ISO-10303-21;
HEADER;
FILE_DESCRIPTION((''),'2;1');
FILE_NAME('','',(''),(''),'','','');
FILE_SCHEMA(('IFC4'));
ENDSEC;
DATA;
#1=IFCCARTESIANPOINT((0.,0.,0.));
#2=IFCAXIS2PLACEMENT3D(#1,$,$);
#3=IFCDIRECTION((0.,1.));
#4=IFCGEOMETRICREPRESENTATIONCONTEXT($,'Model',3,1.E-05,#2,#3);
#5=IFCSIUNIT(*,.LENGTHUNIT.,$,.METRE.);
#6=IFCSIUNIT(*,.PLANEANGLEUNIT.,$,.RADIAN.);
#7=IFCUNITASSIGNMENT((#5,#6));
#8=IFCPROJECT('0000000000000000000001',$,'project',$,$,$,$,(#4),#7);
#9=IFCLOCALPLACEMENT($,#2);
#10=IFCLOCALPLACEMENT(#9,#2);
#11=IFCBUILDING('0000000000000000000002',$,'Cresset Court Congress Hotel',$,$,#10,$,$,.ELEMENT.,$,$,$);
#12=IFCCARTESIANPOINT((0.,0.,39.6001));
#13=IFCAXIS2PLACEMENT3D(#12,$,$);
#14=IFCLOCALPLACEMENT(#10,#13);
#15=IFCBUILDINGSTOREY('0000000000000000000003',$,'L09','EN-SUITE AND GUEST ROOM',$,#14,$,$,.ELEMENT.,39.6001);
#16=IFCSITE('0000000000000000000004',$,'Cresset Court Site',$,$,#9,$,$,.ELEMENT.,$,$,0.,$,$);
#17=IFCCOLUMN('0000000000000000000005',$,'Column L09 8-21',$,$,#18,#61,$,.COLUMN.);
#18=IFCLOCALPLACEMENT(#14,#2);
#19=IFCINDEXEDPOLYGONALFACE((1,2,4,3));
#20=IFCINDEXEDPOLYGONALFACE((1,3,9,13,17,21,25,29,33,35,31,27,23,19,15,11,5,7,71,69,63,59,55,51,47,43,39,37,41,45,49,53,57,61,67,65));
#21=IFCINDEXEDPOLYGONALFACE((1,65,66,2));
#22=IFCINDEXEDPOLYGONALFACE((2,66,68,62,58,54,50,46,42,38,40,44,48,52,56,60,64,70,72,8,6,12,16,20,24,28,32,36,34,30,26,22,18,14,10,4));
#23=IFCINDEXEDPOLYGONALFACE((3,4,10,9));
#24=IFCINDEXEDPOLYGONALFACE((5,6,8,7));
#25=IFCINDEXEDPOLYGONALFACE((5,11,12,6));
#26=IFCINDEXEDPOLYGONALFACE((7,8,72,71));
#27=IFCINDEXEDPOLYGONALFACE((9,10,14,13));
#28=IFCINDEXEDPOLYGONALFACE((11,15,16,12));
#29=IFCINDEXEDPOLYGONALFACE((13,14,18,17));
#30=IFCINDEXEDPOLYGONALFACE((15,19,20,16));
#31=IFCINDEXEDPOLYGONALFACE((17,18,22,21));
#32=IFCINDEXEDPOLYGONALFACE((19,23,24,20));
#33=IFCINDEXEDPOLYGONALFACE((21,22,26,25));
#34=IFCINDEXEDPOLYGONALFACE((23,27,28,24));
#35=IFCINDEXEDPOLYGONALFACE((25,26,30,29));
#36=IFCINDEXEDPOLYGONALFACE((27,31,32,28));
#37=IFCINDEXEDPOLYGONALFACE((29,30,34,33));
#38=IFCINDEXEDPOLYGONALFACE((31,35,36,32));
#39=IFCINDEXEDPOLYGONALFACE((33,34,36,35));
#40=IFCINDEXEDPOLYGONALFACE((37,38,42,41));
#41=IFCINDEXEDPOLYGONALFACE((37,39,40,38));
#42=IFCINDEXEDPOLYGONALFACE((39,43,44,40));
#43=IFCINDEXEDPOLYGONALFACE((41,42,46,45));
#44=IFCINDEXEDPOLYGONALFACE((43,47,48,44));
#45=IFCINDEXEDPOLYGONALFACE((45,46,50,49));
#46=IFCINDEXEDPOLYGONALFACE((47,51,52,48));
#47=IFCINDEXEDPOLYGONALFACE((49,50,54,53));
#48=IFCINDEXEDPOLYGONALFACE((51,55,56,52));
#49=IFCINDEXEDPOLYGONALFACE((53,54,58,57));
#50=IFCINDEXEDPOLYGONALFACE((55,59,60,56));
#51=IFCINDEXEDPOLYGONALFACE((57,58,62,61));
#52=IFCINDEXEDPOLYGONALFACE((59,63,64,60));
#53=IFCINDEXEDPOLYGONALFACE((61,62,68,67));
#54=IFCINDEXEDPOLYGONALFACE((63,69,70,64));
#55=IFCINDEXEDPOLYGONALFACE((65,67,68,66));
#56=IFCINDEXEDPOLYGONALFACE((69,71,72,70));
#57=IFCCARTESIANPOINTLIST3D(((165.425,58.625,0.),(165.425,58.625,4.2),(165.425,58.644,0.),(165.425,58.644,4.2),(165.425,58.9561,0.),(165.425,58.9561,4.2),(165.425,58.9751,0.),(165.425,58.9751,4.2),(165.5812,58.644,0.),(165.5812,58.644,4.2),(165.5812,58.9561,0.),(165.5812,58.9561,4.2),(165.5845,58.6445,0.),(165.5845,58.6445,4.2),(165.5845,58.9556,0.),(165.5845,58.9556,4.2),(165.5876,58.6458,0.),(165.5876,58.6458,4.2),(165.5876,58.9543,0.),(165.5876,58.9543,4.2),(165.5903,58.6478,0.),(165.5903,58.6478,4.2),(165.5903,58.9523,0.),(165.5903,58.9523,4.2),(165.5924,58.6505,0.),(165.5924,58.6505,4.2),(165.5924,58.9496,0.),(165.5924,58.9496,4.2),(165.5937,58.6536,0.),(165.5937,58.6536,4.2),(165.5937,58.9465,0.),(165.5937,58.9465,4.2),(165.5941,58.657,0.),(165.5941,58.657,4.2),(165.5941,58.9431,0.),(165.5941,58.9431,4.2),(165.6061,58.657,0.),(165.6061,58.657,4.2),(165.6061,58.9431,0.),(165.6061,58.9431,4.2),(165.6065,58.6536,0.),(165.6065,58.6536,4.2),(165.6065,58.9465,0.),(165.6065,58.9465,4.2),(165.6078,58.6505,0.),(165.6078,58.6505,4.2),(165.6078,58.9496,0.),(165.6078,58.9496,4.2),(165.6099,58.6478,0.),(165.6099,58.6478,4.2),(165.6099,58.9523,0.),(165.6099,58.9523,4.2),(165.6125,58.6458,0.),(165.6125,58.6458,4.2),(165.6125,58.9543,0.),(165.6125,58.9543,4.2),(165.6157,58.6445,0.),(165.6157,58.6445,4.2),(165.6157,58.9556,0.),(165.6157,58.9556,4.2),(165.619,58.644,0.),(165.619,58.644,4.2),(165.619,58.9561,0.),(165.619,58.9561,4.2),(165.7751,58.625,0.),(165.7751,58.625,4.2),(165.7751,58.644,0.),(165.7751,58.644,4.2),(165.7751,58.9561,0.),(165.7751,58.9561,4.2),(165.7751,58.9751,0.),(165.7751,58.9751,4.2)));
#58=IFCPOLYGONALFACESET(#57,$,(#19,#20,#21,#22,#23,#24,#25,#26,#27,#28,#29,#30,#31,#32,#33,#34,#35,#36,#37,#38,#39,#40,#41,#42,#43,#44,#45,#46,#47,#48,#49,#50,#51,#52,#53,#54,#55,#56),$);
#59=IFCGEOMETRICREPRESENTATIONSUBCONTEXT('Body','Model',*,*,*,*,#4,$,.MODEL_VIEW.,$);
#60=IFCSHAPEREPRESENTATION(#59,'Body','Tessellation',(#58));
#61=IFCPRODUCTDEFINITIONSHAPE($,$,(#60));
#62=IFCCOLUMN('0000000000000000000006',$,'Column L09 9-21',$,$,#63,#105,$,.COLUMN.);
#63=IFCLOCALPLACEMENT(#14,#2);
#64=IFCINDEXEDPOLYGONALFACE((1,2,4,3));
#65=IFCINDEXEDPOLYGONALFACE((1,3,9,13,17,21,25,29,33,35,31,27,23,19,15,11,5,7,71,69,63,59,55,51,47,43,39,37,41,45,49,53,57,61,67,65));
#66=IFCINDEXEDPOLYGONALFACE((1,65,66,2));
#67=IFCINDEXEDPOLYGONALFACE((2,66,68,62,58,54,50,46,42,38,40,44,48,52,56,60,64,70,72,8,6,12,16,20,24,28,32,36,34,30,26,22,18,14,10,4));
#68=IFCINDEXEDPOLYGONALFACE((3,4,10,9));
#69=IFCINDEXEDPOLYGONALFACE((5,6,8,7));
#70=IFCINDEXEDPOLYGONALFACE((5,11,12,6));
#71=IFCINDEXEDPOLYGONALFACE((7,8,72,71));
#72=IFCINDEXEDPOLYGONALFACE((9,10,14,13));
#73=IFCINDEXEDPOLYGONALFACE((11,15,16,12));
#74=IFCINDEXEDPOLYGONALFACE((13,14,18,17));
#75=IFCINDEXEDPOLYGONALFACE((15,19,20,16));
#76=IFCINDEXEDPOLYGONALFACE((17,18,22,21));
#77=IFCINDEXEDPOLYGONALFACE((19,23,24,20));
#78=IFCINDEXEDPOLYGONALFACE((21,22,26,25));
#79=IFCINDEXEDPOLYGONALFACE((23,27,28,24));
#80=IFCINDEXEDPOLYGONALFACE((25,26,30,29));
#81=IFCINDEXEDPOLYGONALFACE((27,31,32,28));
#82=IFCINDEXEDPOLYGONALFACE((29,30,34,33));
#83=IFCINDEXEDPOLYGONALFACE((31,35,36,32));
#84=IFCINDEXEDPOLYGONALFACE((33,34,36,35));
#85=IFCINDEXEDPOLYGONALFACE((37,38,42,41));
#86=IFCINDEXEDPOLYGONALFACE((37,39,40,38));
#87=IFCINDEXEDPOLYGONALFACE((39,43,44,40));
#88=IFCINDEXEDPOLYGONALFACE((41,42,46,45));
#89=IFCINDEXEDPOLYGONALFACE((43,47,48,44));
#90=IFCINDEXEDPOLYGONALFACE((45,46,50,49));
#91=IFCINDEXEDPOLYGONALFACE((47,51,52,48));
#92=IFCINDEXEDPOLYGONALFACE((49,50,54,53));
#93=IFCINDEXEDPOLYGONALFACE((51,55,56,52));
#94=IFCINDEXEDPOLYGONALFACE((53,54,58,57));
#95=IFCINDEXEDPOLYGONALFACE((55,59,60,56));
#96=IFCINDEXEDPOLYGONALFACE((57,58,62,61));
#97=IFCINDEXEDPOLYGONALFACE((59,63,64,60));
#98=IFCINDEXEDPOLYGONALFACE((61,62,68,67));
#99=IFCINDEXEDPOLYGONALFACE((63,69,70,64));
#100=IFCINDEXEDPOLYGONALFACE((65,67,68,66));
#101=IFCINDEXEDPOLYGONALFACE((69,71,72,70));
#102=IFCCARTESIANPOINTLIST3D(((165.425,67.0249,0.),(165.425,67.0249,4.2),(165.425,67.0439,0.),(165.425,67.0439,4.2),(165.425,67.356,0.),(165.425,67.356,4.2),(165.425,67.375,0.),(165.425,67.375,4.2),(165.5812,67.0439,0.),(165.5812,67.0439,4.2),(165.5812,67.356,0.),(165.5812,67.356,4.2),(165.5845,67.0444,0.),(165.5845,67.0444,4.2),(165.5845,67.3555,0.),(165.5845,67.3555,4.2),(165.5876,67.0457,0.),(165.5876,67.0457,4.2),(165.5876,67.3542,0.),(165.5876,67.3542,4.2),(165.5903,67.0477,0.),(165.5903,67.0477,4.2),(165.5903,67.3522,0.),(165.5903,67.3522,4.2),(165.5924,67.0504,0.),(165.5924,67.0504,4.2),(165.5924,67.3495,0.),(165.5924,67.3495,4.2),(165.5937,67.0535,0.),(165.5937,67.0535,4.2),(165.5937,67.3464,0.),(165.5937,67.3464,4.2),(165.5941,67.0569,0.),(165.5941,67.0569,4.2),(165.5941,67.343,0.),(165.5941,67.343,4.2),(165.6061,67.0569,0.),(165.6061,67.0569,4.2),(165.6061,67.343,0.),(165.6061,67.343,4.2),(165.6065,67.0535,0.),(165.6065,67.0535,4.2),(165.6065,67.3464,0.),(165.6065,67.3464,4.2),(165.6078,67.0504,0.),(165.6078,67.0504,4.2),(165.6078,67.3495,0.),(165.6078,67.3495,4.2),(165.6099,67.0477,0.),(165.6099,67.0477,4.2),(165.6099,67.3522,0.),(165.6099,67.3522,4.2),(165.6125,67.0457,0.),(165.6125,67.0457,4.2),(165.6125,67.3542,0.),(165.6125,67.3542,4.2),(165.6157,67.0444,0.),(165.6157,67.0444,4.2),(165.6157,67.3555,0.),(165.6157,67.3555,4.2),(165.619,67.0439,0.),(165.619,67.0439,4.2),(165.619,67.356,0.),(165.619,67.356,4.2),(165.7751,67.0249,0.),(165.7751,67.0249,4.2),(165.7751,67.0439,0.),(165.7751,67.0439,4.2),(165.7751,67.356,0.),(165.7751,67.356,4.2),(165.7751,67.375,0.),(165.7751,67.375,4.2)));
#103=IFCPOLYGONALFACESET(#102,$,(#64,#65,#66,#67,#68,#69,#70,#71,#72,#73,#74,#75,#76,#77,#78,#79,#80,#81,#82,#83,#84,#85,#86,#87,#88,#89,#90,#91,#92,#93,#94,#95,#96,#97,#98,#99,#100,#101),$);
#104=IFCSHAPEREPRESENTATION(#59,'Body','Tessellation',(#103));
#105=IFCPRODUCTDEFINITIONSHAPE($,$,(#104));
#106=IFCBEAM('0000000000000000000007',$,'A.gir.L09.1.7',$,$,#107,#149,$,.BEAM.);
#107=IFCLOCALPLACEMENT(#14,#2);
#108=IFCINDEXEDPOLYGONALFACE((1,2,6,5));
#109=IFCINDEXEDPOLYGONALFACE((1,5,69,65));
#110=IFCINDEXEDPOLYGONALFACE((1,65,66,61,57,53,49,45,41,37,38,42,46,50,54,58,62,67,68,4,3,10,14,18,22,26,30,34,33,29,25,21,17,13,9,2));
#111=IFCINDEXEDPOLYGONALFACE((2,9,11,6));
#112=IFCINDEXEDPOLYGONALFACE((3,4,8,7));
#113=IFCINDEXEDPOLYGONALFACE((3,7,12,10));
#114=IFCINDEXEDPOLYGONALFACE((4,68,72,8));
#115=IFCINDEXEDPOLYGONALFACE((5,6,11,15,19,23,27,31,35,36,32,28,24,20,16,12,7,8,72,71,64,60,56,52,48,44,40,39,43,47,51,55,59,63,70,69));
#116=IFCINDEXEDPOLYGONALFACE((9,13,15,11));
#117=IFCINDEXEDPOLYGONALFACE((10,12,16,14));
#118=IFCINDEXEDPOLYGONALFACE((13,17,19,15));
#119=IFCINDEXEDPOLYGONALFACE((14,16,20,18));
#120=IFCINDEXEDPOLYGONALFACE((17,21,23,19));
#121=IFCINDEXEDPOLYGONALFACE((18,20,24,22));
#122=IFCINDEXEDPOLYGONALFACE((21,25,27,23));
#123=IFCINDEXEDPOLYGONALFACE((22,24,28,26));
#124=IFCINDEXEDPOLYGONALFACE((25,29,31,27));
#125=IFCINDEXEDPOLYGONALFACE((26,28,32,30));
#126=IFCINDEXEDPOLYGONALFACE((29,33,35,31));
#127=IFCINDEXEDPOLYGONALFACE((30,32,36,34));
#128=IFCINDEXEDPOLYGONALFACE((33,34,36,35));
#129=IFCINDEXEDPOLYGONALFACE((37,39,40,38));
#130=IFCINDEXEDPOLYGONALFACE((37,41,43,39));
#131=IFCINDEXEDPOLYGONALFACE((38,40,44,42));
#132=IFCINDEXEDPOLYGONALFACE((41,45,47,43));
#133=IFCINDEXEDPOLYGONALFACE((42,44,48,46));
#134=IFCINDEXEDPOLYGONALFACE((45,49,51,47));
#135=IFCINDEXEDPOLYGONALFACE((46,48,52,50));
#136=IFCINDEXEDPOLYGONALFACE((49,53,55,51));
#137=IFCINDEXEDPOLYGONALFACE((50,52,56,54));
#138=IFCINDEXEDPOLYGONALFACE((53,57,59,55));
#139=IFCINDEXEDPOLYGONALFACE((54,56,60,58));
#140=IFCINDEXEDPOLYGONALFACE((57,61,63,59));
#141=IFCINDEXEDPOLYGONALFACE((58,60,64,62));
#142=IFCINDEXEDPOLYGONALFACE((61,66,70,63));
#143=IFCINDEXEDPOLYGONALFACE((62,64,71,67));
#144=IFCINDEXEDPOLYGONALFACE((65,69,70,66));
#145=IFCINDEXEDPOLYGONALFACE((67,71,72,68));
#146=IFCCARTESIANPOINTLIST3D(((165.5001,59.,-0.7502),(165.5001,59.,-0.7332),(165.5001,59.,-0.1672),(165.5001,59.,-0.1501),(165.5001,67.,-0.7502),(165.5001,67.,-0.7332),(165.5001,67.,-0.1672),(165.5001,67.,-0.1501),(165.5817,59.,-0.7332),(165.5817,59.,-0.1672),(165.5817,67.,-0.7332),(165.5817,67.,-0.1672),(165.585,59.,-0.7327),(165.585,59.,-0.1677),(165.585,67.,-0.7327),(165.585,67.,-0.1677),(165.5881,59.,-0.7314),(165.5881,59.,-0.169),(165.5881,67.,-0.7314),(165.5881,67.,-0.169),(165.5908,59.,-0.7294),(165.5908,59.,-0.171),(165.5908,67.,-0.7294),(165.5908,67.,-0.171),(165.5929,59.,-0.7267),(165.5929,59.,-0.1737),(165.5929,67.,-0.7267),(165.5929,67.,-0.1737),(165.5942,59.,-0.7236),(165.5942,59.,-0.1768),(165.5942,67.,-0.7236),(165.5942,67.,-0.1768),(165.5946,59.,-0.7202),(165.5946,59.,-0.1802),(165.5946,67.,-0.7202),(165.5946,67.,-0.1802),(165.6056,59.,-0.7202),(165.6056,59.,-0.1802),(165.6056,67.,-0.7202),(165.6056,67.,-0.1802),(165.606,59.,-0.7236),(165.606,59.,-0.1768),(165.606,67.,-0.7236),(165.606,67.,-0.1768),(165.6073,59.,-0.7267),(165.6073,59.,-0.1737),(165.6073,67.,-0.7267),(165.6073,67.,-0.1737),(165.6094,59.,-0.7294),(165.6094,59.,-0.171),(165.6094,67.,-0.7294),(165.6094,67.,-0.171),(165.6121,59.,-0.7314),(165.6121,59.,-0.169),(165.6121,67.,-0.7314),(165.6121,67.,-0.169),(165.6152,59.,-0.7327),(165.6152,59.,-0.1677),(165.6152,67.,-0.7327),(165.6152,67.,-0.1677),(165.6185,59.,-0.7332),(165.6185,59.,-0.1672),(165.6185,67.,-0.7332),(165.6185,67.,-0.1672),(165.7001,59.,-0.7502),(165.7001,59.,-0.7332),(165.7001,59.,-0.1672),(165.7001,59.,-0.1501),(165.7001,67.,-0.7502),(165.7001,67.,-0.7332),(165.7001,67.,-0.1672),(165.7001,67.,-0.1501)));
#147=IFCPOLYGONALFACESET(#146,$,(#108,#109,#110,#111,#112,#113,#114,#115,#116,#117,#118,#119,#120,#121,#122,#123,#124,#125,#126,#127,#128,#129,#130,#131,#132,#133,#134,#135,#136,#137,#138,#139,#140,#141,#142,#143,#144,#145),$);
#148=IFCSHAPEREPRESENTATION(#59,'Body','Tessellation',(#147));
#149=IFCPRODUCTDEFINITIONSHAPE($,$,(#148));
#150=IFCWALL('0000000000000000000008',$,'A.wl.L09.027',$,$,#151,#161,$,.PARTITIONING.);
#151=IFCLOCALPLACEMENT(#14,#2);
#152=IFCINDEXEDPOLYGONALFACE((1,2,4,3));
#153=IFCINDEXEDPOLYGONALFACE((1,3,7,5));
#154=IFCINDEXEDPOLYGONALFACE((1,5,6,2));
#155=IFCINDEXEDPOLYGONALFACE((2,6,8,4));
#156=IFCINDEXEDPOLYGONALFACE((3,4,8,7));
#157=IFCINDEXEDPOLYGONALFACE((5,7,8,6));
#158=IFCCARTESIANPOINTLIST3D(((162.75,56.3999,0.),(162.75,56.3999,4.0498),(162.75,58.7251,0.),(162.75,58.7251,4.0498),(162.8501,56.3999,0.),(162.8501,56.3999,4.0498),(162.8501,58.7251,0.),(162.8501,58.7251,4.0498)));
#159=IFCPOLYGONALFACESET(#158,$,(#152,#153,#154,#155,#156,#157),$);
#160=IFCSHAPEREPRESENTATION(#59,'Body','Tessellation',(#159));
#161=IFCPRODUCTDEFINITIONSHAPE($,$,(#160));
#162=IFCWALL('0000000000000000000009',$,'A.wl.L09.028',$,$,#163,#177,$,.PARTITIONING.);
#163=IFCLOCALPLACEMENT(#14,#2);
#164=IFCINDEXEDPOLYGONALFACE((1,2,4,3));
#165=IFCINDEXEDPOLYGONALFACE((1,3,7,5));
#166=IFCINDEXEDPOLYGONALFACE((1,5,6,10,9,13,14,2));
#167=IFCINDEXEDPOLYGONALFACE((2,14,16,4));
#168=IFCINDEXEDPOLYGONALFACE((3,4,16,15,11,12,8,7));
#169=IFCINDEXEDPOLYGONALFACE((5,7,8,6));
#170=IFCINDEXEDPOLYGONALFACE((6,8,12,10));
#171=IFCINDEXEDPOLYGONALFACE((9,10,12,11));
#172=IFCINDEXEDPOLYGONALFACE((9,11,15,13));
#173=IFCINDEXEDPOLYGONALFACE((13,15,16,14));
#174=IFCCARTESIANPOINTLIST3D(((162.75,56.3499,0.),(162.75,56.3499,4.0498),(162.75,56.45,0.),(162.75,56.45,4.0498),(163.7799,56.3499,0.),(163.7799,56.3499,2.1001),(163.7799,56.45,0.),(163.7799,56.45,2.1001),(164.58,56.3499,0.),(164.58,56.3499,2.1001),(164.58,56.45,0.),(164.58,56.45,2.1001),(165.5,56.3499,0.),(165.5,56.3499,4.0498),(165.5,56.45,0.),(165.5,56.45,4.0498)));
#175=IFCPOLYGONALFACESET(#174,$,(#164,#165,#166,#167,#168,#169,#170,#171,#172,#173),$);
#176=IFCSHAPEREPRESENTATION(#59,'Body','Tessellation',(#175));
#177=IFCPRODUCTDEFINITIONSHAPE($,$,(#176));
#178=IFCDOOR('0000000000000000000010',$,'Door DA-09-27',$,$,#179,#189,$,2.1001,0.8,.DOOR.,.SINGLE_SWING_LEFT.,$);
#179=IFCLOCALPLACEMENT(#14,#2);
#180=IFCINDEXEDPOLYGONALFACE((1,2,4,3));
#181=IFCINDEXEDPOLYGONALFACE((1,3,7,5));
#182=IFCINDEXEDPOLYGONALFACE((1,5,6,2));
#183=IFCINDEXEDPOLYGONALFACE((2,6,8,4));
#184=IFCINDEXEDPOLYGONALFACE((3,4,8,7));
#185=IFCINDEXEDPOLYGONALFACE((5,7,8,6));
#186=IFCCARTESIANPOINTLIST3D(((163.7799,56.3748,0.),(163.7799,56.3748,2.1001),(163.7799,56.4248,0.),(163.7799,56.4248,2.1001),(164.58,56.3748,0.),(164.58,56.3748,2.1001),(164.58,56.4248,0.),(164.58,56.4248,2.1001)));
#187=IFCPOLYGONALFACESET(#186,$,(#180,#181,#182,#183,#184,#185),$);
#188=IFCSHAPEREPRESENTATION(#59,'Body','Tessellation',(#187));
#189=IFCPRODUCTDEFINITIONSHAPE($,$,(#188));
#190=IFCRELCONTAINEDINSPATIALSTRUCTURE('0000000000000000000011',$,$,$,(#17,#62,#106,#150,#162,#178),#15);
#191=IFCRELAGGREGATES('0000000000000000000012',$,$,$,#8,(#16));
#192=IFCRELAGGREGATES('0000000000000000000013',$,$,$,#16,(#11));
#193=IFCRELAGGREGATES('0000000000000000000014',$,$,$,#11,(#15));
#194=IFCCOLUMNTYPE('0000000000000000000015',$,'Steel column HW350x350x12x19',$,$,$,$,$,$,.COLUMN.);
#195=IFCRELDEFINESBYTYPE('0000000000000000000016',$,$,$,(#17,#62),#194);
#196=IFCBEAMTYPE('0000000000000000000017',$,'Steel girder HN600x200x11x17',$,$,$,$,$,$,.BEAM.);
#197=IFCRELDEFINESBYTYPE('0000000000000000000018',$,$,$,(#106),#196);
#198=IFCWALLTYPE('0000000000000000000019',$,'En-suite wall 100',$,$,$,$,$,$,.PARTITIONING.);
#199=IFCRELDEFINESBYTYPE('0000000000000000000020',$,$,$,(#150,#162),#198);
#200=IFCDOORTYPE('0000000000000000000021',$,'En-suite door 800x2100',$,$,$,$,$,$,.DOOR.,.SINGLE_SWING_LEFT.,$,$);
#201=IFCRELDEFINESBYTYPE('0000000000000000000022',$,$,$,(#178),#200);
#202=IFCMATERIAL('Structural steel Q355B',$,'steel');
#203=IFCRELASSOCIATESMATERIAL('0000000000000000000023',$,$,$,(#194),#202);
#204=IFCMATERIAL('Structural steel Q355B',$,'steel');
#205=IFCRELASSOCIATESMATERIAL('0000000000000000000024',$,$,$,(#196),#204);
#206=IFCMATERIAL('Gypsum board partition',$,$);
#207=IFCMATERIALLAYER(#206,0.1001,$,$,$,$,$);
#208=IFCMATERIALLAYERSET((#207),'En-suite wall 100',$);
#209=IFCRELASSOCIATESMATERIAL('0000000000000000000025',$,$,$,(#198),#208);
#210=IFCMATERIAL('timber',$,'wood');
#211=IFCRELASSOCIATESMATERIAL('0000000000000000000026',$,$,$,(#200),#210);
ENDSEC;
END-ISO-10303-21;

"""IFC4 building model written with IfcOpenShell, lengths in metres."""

from ifc_helpers import new_model, si_unit, direction, frame, frame_2d, origin, origin_2d, place, context, subcontext, project, spatial, rectangle, i_section, extrude, material, layer, layer_set, material_profile, profile_set, type_object, element, fill, save


model = new_model("IFC4")

# Units and contexts
model_context = context("Model", 3, precision=1e-05, world=origin(), true_north=direction((0.0, 1.0)))
body_context = subcontext(model_context, "Body", "Model", "MODEL_VIEW")
ifc_project = project(units=[si_unit("LENGTHUNIT", "METRE"), si_unit("PLANEANGLEUNIT", "RADIAN")], contexts=[model_context])

# Site, building, storey
site_placement = place(None, origin())
site = spatial("IfcSite", under=ifc_project, at=site_placement, Name="Cresset Court Site", CompositionType="ELEMENT", RefElevation=0.0)
building_placement = place(site_placement, origin())
building = spatial("IfcBuilding", under=site, at=building_placement, Name="Cresset Court Congress Hotel", CompositionType="ELEMENT")
storey_placement = place(building_placement, frame((0.0, 0.0, 39.6001)))
storey = spatial("IfcBuildingStorey", under=building, at=storey_placement, Name="L09", Description="EN-SUITE AND GUEST ROOM", CompositionType="ELEMENT", Elevation=39.6001)

# Columns
ifc_material_1 = material(Name="Structural steel Q355B", Category="steel")
ifc_material_profile_1 = material_profile(ifc_material_1, i_section(OverallWidth=0.3501, OverallDepth=0.3501, WebThickness=0.012, FlangeThickness=0.019, FilletRadius=0.0129, at=origin_2d()), Name="HW350x350x12x19")
ifc_profile_set_1 = profile_set([ifc_material_profile_1], Name="Structural steel Q355B")
column_type = type_object("IfcColumnType", Name="Steel column HW350x350x12x19", PredefinedType="COLUMN", material=ifc_profile_set_1)
for number, where, z_axis, x_axis, name in (
    (1, (165.6001, 58.8, 0.0), (0.0, 0.0, 1.0), (1.0, 0.0, 0.0), "Column L09 8-21"),
    (2, (165.6001, 67.2, 0.0), (0.0, 0.0, 1.0), (1.0, 0.0, 0.0), "Column L09 9-21"),
):
    element("IfcColumn", number, at=place(storey_placement, frame(where, z_axis=z_axis, x_axis=x_axis)), inside=storey, type_object=column_type, Name=name, PredefinedType="COLUMN", context=body_context, shape_type="SweptSolid", body=[
        extrude(i_section(OverallWidth=0.3501, OverallDepth=0.3501, WebThickness=0.012, FlangeThickness=0.019, FilletRadius=0.0129, at=origin_2d()), origin(), (0.0, 0.0, 1.0), 4.2),
    ])

# Beam
ifc_material_2 = material(Name="Structural steel Q355B", Category="steel")
ifc_material_profile_2 = material_profile(ifc_material_2, i_section(OverallWidth=0.2, OverallDepth=0.6001, WebThickness=0.011, FlangeThickness=0.0171, FilletRadius=0.0129, at=origin_2d()), Name="HN600x200x11x17")
ifc_profile_set_2 = profile_set([ifc_material_profile_2], Name="Structural steel Q355B")
beam_type = type_object("IfcBeamType", Name="Steel girder HN600x200x11x17", PredefinedType="BEAM", material=ifc_profile_set_2)
beam_placement = place(storey_placement, frame((165.6001, 59.0, -0.4502), z_axis=(0.0, 1.0, 0.0), x_axis=(-1.0, 0.0, 0.0)))
element("IfcBeam", 3, at=beam_placement, inside=storey, type_object=beam_type, Name="A.gir.L09.1.7", PredefinedType="BEAM", context=body_context, shape_type="SweptSolid", body=[
    extrude(i_section(OverallWidth=0.2, OverallDepth=0.6001, WebThickness=0.011, FlangeThickness=0.0171, FilletRadius=0.0129, at=origin_2d()), origin(), (0.0, 0.0, 1.0), 8.0),
])

# Wall
ifc_material_3 = material(Name="Gypsum board partition")
ifc_layer_1 = layer(ifc_material_3, 0.1001)
ifc_layer_set_1 = layer_set([ifc_layer_1], Name="En-suite wall 100")
wall_type_1 = type_object("IfcWallType", Name="En-suite wall 100", PredefinedType="PARTITIONING", material=ifc_layer_set_1)
wall_1_placement = place(storey_placement, frame((162.8, 56.3999, 0.0), z_axis=(0.0, 0.0, 1.0), x_axis=(0.0, 1.0, 0.0)))
element("IfcWall", 4, at=wall_1_placement, inside=storey, type_object=wall_type_1, Name="A.wl.L09.027", PredefinedType="PARTITIONING", context=body_context, shape_type="SweptSolid", body=[
    extrude(rectangle(XDim=2.3252, YDim=0.1001, at=frame_2d((1.1626, 0.0))), origin(), (0.0, 0.0, 1.0), 4.0498),
])

# Wall, opening, door
wall_2_placement = place(storey_placement, frame((162.75, 56.3999, 0.0), z_axis=(0.0, 0.0, 1.0), x_axis=(1.0, 0.0, 0.0)))
wall_2 = element("IfcWall", 5, at=wall_2_placement, inside=storey, type_object=wall_type_1, Name="A.wl.L09.028", PredefinedType="PARTITIONING", context=body_context, shape_type="SweptSolid", body=[
    extrude(rectangle(XDim=2.75, YDim=0.1001, at=frame_2d((1.375, 0.0))), origin(), (0.0, 0.0, 1.0), 4.0498),
])
opening_1_placement = place(wall_2_placement, frame((1.03, 0.0, 0.0)))
opening_1 = element("IfcOpeningElement", 6, at=opening_1_placement, cuts=wall_2, PredefinedType="OPENING", context=body_context, shape_type="SweptSolid", body=[
    extrude(rectangle(XDim=0.8, YDim=2.1001, at=frame_2d((0.3999, 1.05))), frame((0.0, 0.0601, 0.0), z_axis=(0.0, -1.0, 0.0), x_axis=(1.0, 0.0, 0.0)), (0.0, 0.0, 1.0), 0.1201),
])
ifc_material_4 = material(Name="timber", Category="wood")
door_type_1 = type_object("IfcDoorType", Name="En-suite door 800x2100", OperationType="SINGLE_SWING_LEFT", PredefinedType="DOOR", material=ifc_material_4)
door_1_placement = place(opening_1_placement, origin())
door_1 = element("IfcDoor", 7, at=door_1_placement, inside=storey, type_object=door_type_1, Name="Door DA-09-27", OperationType="SINGLE_SWING_LEFT", OverallHeight=2.1001, OverallWidth=0.8, PredefinedType="DOOR", context=body_context, shape_type="SweptSolid", body=[
    extrude(rectangle(XDim=0.8, YDim=2.1001, at=frame_2d((0.3999, 1.05))), frame((0.0, 0.0249, 0.0), z_axis=(0.0, -1.0, 0.0), x_axis=(1.0, 0.0, 0.0)), (0.0, 0.0, 1.0), 0.05),
])
fill(opening_1, door_1)

save(model, "model.ifc")
